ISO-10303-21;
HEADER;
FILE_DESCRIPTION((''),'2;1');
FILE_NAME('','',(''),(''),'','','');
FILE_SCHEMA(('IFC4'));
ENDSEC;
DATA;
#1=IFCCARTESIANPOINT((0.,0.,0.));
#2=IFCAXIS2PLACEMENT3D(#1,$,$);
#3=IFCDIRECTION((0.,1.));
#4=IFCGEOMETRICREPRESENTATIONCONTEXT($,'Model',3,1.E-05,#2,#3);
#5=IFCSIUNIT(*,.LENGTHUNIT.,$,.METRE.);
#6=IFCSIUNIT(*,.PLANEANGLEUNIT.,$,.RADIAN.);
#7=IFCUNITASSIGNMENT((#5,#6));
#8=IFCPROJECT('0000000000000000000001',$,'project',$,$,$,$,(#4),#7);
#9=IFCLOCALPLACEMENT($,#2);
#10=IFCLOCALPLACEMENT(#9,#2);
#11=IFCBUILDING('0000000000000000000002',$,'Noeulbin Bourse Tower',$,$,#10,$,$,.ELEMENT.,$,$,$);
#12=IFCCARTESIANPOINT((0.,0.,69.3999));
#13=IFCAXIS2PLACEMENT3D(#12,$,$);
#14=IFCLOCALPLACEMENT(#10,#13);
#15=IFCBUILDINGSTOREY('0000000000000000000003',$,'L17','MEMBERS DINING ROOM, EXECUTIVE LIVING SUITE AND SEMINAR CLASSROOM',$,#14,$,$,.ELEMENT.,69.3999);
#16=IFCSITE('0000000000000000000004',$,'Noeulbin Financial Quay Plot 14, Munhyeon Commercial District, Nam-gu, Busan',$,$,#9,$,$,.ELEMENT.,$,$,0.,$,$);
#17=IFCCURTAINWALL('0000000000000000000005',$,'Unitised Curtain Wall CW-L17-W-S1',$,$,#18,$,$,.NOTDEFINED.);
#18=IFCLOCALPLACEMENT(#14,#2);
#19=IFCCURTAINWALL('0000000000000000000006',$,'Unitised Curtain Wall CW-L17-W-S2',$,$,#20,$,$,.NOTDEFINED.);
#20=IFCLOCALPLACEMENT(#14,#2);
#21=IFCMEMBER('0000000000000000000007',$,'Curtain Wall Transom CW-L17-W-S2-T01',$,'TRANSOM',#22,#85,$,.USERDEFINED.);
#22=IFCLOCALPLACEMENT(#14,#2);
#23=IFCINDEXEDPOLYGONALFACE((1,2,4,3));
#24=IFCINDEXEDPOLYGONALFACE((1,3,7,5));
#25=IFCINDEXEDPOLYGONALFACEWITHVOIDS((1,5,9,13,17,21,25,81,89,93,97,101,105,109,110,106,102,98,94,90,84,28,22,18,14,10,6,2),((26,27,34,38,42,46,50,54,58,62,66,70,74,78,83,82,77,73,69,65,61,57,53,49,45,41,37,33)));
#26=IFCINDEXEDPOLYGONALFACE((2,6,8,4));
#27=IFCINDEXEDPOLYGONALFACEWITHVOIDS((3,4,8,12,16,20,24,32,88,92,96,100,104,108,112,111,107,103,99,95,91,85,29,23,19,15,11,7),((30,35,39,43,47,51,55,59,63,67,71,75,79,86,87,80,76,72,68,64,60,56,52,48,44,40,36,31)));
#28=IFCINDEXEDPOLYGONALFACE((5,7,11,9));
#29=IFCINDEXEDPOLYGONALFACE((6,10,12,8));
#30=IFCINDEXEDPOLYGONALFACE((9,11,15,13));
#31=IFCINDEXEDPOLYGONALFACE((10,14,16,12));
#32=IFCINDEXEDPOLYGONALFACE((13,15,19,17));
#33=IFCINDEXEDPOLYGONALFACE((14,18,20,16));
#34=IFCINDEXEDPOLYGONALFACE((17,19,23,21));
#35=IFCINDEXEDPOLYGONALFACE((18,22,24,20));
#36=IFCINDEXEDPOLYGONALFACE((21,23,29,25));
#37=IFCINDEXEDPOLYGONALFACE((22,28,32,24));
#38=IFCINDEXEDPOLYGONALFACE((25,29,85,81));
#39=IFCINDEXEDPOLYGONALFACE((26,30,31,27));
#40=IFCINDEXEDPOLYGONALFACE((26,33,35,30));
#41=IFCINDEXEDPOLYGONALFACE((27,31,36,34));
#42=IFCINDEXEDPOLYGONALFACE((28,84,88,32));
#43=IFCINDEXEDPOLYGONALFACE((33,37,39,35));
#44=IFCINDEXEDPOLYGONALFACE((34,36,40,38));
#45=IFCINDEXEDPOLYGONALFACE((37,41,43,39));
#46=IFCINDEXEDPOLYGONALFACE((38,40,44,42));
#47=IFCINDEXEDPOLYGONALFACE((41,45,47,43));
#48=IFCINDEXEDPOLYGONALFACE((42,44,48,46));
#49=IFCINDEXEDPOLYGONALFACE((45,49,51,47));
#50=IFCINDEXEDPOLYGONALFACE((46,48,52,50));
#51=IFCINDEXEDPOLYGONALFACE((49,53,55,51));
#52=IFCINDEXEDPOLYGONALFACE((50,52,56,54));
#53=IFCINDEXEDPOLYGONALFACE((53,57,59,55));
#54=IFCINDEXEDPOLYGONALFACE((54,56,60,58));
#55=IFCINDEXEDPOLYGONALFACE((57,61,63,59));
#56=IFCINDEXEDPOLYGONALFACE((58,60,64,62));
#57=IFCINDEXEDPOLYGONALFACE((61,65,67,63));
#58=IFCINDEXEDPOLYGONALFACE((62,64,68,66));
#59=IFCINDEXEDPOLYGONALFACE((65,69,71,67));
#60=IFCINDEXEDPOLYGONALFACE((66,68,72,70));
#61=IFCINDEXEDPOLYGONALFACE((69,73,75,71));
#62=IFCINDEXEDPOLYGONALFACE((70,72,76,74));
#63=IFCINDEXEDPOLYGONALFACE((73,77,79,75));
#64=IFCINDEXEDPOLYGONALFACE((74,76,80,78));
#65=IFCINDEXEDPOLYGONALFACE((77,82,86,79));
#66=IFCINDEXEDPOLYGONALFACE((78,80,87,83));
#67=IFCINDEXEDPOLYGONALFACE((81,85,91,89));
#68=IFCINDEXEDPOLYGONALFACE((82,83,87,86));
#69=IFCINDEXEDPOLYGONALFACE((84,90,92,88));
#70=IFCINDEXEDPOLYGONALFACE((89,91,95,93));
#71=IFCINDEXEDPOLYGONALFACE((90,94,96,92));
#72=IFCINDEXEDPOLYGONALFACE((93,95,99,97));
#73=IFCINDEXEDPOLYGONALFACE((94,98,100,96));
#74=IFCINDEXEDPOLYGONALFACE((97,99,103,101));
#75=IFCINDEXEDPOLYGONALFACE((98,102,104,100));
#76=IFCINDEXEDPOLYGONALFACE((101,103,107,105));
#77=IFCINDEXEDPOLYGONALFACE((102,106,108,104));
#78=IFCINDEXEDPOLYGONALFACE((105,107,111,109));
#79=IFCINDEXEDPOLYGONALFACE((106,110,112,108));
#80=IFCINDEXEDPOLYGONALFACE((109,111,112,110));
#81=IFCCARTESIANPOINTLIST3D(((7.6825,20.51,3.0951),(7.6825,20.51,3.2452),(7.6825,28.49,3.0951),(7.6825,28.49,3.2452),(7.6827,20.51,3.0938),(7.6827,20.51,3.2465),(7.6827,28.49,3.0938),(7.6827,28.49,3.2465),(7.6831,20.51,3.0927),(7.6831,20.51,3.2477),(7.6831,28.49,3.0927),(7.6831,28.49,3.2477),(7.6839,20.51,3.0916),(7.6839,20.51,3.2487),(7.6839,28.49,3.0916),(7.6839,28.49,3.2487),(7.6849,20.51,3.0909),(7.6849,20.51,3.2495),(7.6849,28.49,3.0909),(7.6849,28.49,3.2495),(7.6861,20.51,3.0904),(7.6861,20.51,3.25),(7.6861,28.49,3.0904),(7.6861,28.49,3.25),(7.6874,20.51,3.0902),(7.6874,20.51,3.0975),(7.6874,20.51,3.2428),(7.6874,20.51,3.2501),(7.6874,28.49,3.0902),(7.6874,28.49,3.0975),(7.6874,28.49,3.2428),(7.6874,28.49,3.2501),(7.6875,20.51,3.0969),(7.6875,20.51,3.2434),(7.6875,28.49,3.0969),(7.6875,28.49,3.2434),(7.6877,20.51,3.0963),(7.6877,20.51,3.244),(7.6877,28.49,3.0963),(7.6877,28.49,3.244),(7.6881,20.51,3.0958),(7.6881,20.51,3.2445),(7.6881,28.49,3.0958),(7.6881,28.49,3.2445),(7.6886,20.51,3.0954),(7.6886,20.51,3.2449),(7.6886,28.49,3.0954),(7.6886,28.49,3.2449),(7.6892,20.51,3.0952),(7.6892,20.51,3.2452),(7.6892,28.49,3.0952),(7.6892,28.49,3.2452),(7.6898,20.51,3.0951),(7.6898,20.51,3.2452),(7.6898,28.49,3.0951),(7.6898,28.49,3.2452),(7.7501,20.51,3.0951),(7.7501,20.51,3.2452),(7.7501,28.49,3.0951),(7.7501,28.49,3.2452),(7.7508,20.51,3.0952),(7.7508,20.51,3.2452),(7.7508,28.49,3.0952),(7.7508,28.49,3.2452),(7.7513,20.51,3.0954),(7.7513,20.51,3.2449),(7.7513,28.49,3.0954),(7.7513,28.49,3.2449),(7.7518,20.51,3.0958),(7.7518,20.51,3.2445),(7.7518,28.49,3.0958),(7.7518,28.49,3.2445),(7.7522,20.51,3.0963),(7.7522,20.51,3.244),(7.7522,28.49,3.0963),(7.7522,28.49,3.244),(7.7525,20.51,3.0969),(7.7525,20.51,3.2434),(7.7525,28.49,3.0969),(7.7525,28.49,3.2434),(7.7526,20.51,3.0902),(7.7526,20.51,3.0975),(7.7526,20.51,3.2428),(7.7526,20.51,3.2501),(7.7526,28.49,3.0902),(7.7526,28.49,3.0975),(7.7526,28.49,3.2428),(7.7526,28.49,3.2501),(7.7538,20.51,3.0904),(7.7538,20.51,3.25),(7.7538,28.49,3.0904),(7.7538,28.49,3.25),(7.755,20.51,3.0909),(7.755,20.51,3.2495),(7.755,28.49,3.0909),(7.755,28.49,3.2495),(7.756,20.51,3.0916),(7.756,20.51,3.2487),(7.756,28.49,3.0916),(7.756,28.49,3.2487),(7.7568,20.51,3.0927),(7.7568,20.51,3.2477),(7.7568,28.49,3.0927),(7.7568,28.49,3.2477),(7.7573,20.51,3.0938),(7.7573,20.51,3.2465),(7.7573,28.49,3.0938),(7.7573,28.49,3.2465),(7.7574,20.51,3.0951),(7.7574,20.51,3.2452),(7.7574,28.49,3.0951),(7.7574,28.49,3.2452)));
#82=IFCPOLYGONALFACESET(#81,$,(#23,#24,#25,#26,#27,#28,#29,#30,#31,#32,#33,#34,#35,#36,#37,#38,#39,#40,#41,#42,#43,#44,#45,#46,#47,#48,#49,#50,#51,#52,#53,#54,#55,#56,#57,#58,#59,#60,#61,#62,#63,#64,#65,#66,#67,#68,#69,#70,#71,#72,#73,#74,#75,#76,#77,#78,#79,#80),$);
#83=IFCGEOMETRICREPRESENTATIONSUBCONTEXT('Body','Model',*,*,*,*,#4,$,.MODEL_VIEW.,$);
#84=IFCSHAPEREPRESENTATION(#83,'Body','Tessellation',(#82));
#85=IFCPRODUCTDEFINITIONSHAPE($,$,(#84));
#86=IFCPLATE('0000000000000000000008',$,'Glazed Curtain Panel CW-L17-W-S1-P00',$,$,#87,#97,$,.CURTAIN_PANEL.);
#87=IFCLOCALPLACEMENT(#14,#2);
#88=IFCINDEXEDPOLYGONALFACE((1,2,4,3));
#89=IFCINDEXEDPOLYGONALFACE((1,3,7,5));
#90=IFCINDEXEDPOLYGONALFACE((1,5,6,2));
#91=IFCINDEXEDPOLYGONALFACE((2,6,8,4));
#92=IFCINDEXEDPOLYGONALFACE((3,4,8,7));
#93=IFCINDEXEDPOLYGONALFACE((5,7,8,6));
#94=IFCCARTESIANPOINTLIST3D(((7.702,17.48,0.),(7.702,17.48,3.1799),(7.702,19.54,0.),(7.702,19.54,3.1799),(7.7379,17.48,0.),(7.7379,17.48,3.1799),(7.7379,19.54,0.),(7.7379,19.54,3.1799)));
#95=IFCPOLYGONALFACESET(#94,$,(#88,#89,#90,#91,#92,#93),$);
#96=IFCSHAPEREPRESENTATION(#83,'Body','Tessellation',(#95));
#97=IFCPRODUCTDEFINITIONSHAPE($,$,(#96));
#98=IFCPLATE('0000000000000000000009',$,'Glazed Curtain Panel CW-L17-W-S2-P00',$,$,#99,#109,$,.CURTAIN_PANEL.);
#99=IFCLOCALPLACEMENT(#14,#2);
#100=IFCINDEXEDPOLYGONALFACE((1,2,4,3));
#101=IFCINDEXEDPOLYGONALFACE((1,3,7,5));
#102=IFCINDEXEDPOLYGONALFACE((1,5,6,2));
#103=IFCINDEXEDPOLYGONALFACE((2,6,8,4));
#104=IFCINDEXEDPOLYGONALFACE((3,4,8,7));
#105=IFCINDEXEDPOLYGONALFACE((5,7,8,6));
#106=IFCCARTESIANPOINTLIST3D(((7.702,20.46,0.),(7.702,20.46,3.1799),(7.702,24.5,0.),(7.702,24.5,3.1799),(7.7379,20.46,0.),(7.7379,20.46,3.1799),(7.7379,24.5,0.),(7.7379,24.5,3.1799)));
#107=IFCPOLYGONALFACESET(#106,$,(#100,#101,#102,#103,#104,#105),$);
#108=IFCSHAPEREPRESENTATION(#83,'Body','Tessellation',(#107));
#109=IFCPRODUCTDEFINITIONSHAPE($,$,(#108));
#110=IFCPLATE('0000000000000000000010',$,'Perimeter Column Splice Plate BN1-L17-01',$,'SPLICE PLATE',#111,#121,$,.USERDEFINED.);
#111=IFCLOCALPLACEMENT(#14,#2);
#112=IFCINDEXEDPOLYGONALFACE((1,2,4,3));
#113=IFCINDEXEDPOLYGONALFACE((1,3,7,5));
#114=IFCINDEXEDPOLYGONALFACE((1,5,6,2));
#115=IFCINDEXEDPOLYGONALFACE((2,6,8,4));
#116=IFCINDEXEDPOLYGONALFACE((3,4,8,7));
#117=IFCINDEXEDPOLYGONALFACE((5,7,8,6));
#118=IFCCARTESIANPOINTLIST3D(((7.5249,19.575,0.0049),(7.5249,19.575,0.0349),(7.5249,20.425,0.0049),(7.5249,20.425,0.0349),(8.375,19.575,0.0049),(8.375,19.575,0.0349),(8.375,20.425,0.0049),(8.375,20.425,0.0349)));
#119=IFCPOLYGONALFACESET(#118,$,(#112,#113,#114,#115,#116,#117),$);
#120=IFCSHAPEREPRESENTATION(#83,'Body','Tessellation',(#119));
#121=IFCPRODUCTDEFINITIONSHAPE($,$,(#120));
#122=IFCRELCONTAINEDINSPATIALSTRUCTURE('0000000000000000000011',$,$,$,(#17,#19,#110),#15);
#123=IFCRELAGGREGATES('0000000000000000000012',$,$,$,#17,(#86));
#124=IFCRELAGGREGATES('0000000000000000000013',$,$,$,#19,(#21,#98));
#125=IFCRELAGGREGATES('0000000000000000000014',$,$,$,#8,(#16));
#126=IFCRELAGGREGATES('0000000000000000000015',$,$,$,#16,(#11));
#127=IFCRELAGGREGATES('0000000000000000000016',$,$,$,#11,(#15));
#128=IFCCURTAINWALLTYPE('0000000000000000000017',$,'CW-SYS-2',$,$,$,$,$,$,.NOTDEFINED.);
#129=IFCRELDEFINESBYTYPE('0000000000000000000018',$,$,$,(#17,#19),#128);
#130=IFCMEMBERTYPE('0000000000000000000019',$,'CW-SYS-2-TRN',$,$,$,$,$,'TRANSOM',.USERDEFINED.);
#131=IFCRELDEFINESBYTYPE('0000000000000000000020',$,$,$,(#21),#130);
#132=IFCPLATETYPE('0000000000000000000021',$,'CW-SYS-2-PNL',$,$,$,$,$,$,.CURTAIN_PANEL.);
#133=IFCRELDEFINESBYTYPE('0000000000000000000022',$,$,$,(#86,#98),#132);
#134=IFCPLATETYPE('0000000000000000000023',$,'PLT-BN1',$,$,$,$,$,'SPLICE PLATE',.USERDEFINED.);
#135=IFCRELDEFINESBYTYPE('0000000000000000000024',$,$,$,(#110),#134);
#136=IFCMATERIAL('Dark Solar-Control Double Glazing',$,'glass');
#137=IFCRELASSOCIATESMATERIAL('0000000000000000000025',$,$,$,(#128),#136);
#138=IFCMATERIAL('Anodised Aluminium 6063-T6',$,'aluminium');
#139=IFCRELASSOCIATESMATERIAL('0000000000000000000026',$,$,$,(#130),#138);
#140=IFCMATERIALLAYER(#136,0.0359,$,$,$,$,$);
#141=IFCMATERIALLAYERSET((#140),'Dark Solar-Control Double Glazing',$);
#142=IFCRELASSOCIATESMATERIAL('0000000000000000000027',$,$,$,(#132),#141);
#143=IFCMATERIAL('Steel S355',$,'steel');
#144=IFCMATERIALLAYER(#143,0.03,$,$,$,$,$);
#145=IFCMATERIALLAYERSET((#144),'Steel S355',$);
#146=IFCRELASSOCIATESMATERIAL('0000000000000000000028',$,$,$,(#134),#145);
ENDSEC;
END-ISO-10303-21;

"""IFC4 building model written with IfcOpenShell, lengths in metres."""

from ifc_helpers import new_model, si_unit, direction, frame, origin, origin_2d, place, context, subcontext, project, spatial, rectangle, hollow_rectangle, extrude, material, layer, layer_set, material_profile, profile_set, type_object, element, aggregate, save


model = new_model("IFC4")

# Units and contexts
model_context = context("Model", 3, precision=1e-05, world=origin(), true_north=direction((0.0, 1.0)))
body_context = subcontext(model_context, "Body", "Model", "MODEL_VIEW")
ifc_project = project(units=[si_unit("LENGTHUNIT", "METRE"), si_unit("PLANEANGLEUNIT", "RADIAN")], contexts=[model_context])

# Site, building, storey
site_placement = place(None, origin())
site = spatial("IfcSite", under=ifc_project, at=site_placement, Name="Noeulbin Financial Quay Plot 14, Munhyeon Commercial District, Nam-gu, Busan", CompositionType="ELEMENT", RefElevation=0.0)
building_placement = place(site_placement, origin())
building = spatial("IfcBuilding", under=site, at=building_placement, Name="Noeulbin Bourse Tower", CompositionType="ELEMENT")
storey_placement = place(building_placement, frame((0.0, 0.0, 69.3999)))
storey = spatial("IfcBuildingStorey", under=building, at=storey_placement, Name="L17", Description="MEMBERS DINING ROOM, EXECUTIVE LIVING SUITE AND SEMINAR CLASSROOM", CompositionType="ELEMENT", Elevation=69.3999)

# Shared definitions
ifc_material_1 = material(Name="Steel S355", Category="steel")

# Curtain wall
ifc_material_2 = material(Name="Dark Solar-Control Double Glazing", Category="glass")
curtain_wall_type = type_object("IfcCurtainWallType", Name="CW-SYS-2", PredefinedType="NOTDEFINED", material=ifc_material_2)
curtain_wall_1_placement = place(storey_placement, origin())
curtain_wall_1 = element("IfcCurtainWall", 1, at=curtain_wall_1_placement, inside=storey, type_object=curtain_wall_type, Name="Unitised Curtain Wall CW-L17-W-S1", PredefinedType="NOTDEFINED")
ifc_material_3 = material(Name="Anodised Aluminium 6063-T6", Category="aluminium")

# Curtain wall
curtain_wall_2_placement = place(storey_placement, origin())
curtain_wall_2 = element("IfcCurtainWall", 2, at=curtain_wall_2_placement, inside=storey, type_object=curtain_wall_type, Name="Unitised Curtain Wall CW-L17-W-S2", PredefinedType="NOTDEFINED")

# Member
ifc_material_profile_1 = material_profile(ifc_material_3, hollow_rectangle(XDim=0.075, YDim=0.1599, WallThickness=0.0049, InnerFilletRadius=0.0024, OuterFilletRadius=0.0049, at=origin_2d()), Name="ALU-TRAN-75x160x5", Category="LoadBearing")
ifc_profile_set_1 = profile_set([ifc_material_profile_1], Name="Anodised Aluminium 6063-T6")
member_type_1 = type_object("IfcMemberType", Name="CW-SYS-2-TRN", ElementType="TRANSOM", PredefinedType="USERDEFINED", material=ifc_profile_set_1)
member_1_placement = place(storey_placement, frame((7.72, 20.51, 3.1702), z_axis=(0.0, 1.0, 0.0), x_axis=(-1.0, 0.0, 0.0)))
member_1 = element("IfcMember", 3, at=member_1_placement, type_object=member_type_1, Name="Curtain Wall Transom CW-L17-W-S2-T01", ObjectType="TRANSOM", PredefinedType="USERDEFINED", context=body_context, shape_type="SweptSolid", body=[
    extrude(hollow_rectangle(XDim=0.075, YDim=0.1599, WallThickness=0.0049, InnerFilletRadius=0.0024, OuterFilletRadius=0.0049, at=origin_2d()), origin(), (0.0, 0.0, 1.0), 7.98),
])

# Plates
ifc_layer_1 = layer(ifc_material_2, 0.0359)
ifc_layer_set_1 = layer_set([ifc_layer_1], Name="Dark Solar-Control Double Glazing")
plate_type_1 = type_object("IfcPlateType", Name="CW-SYS-2-PNL", PredefinedType="CURTAIN_PANEL", material=ifc_layer_set_1)
plate_1_placement = place(storey_placement, frame((7.72, 18.51, 0.0), z_axis=(0.0, 0.0, 1.0), x_axis=(0.0, 1.0, 0.0)))
plate_1 = element("IfcPlate", 4, at=plate_1_placement, type_object=plate_type_1, Name="Glazed Curtain Panel CW-L17-W-S1-P00", PredefinedType="CURTAIN_PANEL", context=body_context, shape_type="SweptSolid", body=[
    extrude(rectangle(XDim=2.0601, YDim=0.0359, at=origin_2d()), origin(), (0.0, 0.0, 1.0), 3.1799),
])
aggregate(curtain_wall_1, [plate_1])
plate_2_placement = place(storey_placement, frame((7.72, 22.48, 0.0), z_axis=(0.0, 0.0, 1.0), x_axis=(0.0, 1.0, 0.0)))
plate_2 = element("IfcPlate", 5, at=plate_2_placement, type_object=plate_type_1, Name="Glazed Curtain Panel CW-L17-W-S2-P00", PredefinedType="CURTAIN_PANEL", context=body_context, shape_type="SweptSolid", body=[
    extrude(rectangle(XDim=4.04, YDim=0.0359, at=origin_2d()), origin(), (0.0, 0.0, 1.0), 3.1799),
])
aggregate(curtain_wall_2, [member_1, plate_2])
ifc_layer_2 = layer(ifc_material_1, 0.03)
ifc_layer_set_2 = layer_set([ifc_layer_2], Name="Steel S355")
plate_type_2 = type_object("IfcPlateType", Name="PLT-BN1", ElementType="SPLICE PLATE", PredefinedType="USERDEFINED", material=ifc_layer_set_2)
plate_3_placement = place(storey_placement, frame((7.95, 20.0, 0.0049), z_axis=(0.0, 0.0, 1.0), x_axis=(1.0, 0.0, 0.0)))
element("IfcPlate", 6, at=plate_3_placement, inside=storey, type_object=plate_type_2, Name="Perimeter Column Splice Plate BN1-L17-01", ObjectType="SPLICE PLATE", PredefinedType="USERDEFINED", context=body_context, shape_type="SweptSolid", body=[
    extrude(rectangle(XDim=0.8501, YDim=0.8501, at=origin_2d()), origin(), (0.0, 0.0, 1.0), 0.03),
])

save(model, "model.ifc")
